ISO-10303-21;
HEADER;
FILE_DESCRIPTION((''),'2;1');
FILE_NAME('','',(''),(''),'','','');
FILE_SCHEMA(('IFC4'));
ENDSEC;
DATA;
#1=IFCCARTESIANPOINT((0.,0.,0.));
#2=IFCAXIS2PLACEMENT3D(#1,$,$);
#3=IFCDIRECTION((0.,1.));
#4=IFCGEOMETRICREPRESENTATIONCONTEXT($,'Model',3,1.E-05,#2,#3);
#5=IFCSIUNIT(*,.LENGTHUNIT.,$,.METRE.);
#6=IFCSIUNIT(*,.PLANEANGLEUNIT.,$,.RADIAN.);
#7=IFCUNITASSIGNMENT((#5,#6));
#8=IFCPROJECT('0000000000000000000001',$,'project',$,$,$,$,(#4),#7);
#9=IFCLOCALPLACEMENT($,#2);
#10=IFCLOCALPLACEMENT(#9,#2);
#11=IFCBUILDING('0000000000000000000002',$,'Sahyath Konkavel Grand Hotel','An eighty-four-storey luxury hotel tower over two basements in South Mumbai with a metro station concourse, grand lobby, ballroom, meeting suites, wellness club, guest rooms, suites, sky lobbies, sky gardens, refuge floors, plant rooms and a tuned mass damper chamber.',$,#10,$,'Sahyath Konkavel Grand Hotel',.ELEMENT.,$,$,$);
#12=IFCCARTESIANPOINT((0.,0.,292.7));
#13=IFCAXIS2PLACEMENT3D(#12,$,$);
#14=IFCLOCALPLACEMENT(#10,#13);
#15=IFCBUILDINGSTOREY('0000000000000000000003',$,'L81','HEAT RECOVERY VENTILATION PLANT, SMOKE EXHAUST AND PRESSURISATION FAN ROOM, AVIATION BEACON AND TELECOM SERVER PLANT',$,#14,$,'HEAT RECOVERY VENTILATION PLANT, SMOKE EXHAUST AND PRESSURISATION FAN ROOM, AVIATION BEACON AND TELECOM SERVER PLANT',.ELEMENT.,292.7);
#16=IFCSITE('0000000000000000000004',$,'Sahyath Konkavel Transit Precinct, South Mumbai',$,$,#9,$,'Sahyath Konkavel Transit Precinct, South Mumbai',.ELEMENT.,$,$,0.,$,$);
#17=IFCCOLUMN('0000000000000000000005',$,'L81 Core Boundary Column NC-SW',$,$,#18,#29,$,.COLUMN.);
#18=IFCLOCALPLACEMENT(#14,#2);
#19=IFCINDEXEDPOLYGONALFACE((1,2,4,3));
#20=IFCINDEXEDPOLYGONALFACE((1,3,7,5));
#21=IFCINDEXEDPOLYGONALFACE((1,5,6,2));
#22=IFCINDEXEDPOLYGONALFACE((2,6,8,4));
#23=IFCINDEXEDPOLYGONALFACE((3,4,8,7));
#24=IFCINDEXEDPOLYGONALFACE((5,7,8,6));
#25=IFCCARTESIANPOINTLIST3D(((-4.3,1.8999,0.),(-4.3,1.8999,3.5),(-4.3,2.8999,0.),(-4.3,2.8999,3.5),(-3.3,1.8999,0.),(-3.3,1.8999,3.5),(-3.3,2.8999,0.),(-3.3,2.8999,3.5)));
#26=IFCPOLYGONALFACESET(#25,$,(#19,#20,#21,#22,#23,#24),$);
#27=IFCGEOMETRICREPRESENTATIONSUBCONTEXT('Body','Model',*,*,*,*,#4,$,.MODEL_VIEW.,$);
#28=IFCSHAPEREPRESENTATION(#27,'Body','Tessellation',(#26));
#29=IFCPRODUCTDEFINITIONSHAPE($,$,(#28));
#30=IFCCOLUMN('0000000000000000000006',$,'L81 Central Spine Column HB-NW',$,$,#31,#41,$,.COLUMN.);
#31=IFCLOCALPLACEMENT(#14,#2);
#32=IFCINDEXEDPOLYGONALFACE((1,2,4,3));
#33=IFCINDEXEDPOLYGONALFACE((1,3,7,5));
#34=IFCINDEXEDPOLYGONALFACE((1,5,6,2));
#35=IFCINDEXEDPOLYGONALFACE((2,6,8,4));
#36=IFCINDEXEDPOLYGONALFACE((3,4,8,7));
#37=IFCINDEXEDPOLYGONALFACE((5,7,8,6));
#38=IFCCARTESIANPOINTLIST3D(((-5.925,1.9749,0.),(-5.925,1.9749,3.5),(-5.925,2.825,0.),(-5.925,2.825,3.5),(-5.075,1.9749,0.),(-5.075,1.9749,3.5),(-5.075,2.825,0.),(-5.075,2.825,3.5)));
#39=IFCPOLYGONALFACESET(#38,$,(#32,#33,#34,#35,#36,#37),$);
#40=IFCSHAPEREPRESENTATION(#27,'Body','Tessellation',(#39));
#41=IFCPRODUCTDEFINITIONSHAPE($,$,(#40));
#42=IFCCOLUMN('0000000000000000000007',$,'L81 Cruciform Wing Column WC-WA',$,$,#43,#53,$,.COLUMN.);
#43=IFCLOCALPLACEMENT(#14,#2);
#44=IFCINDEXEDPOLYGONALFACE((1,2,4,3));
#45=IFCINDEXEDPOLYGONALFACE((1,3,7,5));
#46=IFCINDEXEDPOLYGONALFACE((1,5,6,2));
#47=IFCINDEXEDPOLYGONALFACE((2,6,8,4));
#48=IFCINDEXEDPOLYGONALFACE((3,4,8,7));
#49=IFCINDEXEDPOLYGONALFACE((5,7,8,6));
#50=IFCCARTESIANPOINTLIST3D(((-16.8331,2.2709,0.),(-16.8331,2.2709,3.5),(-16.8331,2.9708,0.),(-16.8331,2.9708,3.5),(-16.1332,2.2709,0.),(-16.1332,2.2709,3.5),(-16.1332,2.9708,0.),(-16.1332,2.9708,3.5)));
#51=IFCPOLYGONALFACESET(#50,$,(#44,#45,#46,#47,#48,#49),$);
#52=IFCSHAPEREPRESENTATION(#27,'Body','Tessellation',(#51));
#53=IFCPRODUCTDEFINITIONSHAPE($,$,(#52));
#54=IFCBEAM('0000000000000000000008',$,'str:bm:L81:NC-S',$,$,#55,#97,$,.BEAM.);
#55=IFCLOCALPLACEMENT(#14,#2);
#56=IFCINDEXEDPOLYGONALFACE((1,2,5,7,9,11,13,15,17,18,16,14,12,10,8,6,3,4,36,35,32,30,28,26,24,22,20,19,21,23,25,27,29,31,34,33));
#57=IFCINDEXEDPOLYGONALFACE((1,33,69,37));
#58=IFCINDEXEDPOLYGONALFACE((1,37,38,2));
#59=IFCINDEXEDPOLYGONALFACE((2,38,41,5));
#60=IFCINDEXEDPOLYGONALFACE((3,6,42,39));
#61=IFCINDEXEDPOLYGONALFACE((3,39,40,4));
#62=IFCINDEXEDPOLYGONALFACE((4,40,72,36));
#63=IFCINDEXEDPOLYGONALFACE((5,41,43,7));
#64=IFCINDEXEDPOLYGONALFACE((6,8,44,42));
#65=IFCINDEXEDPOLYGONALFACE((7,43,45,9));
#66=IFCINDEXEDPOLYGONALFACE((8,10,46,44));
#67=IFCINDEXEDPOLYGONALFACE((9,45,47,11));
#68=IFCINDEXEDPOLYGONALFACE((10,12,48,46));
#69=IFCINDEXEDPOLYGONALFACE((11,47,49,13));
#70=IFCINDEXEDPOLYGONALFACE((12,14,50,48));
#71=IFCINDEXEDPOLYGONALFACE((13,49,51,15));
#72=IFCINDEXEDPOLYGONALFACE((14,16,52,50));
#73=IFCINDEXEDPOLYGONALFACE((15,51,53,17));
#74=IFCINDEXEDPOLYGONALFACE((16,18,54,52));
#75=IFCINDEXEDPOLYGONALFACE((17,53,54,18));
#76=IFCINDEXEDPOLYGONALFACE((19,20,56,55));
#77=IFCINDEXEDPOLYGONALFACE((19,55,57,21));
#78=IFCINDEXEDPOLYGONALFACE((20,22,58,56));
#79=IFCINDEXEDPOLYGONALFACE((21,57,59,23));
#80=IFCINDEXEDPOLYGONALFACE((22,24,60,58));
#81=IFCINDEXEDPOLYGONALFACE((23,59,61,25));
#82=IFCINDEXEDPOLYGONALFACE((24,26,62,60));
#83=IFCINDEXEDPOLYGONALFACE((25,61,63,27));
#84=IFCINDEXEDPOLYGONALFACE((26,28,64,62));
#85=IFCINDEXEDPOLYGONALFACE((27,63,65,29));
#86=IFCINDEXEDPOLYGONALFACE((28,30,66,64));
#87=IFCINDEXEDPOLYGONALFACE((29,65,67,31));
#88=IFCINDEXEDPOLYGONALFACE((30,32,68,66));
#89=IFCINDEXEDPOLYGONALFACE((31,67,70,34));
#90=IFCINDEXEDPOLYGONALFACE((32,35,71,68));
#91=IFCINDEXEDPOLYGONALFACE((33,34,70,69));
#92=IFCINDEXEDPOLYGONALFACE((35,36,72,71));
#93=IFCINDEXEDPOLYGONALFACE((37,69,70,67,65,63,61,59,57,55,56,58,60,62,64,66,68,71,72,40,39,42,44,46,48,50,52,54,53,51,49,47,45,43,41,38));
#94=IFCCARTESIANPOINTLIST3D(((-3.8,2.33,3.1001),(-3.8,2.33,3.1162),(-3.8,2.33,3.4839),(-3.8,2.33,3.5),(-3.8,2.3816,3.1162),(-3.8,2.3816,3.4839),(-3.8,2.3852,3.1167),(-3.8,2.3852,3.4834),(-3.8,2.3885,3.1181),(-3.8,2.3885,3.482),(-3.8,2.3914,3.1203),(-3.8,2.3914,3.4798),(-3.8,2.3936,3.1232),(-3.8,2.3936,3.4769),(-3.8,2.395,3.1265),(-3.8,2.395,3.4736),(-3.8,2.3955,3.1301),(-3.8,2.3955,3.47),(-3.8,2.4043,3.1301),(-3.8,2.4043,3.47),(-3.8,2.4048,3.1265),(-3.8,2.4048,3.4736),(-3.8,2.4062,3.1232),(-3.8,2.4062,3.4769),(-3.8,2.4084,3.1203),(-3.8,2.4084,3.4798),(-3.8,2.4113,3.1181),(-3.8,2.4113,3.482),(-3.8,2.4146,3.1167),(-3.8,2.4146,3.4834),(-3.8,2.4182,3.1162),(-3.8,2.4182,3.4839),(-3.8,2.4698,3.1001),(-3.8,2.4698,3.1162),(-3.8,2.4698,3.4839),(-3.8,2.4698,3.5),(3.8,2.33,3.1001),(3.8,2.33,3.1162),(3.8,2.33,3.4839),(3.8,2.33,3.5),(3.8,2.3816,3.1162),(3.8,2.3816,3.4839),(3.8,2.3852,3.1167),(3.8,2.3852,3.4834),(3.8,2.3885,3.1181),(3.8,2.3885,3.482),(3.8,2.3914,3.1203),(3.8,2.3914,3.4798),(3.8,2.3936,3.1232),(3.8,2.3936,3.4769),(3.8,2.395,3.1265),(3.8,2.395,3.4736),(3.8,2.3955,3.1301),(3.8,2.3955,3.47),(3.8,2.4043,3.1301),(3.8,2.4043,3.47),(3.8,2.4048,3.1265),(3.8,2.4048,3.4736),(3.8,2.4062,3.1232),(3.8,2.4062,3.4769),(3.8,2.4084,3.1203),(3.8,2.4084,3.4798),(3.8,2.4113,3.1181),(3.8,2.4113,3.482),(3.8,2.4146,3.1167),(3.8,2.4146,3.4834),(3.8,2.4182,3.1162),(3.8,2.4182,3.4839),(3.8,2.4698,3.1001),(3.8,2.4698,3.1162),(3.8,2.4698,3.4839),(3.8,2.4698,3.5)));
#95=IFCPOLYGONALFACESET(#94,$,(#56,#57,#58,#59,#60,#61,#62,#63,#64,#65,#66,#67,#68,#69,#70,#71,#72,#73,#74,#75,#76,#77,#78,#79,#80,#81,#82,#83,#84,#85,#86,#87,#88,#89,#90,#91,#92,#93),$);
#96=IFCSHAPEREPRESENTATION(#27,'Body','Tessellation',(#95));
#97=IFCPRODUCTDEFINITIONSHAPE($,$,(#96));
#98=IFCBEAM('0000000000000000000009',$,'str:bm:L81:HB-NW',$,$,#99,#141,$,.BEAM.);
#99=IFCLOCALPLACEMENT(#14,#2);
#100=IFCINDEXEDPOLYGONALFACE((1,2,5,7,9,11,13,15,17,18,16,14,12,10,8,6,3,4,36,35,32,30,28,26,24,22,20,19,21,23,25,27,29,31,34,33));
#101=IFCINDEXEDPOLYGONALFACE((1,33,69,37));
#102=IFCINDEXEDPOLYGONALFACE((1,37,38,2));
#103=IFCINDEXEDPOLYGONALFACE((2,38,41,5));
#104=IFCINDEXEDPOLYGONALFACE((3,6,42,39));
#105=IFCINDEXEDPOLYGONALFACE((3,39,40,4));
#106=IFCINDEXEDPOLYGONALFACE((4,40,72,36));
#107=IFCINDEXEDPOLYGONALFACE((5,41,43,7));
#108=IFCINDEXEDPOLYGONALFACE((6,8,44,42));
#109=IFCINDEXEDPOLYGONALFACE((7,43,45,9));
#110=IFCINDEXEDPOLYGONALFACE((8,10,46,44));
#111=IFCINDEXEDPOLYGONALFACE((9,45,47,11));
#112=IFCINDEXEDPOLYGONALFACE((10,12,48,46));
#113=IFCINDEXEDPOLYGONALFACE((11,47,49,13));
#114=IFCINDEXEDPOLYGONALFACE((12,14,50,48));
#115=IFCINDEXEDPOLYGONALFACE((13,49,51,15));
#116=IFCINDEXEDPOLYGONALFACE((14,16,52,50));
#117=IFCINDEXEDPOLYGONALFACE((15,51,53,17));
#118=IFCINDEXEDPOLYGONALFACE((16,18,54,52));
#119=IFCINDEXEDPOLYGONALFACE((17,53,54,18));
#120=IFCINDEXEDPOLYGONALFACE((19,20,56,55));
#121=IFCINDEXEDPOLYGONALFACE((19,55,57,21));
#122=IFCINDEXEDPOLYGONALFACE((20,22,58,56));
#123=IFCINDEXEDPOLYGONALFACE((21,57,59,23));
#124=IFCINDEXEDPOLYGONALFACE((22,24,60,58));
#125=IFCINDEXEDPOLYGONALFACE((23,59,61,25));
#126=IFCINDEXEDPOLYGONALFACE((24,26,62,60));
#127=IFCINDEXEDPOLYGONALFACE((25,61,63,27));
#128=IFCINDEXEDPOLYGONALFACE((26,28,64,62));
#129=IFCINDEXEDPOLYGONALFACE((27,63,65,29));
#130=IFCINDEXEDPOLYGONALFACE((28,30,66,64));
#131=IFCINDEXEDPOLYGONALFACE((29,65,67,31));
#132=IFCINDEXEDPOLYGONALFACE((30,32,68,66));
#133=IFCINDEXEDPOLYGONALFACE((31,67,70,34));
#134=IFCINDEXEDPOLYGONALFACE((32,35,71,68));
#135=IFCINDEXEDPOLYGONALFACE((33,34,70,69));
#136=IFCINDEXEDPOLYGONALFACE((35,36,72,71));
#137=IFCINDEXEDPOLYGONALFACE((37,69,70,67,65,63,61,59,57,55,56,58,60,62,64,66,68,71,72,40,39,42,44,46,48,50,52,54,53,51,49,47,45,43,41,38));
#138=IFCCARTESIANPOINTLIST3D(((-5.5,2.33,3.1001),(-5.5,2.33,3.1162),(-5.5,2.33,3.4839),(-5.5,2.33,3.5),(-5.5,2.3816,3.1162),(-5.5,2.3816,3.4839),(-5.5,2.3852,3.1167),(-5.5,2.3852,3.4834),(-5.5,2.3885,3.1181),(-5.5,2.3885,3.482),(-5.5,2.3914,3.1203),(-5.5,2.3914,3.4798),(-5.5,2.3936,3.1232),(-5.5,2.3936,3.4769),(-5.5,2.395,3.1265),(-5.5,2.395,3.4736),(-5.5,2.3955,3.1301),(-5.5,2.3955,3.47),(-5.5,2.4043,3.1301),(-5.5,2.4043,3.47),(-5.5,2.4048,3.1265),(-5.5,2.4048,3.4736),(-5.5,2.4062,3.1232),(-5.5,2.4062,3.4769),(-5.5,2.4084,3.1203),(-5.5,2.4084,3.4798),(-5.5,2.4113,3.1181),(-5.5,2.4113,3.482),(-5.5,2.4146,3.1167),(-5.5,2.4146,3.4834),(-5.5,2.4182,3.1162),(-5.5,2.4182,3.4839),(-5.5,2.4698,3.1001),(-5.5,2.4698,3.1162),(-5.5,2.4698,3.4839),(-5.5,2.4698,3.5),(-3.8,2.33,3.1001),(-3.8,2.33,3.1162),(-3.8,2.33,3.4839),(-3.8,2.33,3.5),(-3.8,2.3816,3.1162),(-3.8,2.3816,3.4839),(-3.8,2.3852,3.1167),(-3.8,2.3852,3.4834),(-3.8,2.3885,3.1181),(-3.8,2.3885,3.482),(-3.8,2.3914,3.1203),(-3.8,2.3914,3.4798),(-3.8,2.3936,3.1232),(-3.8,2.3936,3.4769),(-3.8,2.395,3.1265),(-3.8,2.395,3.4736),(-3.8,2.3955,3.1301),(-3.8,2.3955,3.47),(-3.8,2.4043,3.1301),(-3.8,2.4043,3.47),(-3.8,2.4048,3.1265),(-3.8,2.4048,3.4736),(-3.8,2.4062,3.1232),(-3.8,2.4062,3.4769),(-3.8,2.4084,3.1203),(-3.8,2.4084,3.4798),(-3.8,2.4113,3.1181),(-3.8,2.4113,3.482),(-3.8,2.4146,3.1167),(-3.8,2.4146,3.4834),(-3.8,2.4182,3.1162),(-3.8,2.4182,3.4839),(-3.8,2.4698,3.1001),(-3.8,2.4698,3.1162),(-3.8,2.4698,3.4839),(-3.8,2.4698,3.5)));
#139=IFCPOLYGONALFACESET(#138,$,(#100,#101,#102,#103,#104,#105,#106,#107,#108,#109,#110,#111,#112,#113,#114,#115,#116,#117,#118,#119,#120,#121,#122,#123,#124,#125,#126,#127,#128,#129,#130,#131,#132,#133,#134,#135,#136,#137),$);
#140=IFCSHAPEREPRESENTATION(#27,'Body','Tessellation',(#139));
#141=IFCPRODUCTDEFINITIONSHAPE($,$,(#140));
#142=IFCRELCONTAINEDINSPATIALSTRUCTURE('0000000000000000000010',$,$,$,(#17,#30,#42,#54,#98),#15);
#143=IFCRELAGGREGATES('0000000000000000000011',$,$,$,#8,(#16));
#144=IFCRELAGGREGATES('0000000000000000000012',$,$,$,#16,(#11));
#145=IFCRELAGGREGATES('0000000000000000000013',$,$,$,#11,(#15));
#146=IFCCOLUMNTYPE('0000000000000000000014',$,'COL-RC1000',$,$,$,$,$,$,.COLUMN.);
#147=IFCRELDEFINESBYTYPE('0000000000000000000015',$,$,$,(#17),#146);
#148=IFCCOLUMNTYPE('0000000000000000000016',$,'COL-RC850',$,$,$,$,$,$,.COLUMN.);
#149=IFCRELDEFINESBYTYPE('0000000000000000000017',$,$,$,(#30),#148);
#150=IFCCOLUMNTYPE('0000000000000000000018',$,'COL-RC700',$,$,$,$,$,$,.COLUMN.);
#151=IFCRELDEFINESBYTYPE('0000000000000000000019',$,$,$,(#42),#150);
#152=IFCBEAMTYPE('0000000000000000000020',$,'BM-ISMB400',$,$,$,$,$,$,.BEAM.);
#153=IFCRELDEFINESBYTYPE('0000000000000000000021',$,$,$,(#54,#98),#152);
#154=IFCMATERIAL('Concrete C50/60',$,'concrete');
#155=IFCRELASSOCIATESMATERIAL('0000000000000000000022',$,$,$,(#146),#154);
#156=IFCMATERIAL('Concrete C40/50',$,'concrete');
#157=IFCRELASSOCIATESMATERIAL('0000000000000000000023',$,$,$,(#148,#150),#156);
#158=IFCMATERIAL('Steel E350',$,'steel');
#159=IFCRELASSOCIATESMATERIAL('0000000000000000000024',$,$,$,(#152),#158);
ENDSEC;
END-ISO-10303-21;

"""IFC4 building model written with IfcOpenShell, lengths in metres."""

from ifc_helpers import new_model, si_unit, direction, frame, origin, origin_2d, place, context, subcontext, project, spatial, rectangle, i_section, extrude, source, transform, mapped, material, material_profile, profile_set, type_object, element, save


model = new_model("IFC4")

# Units and contexts
model_context = context("Model", 3, precision=1e-05, world=origin(), true_north=direction((0.0, 1.0)))
body_context = subcontext(model_context, "Body", "Model", "MODEL_VIEW")
ifc_project = project(units=[si_unit("LENGTHUNIT", "METRE"), si_unit("PLANEANGLEUNIT", "RADIAN")], contexts=[model_context])

# Site, building, storey
site_placement = place(None, origin())
site = spatial("IfcSite", under=ifc_project, at=site_placement, Name="Sahyath Konkavel Transit Precinct, South Mumbai", LongName="Sahyath Konkavel Transit Precinct, South Mumbai", CompositionType="ELEMENT", RefElevation=0.0)
building_placement = place(site_placement, origin())
building = spatial("IfcBuilding", under=site, at=building_placement, Name="Sahyath Konkavel Grand Hotel", Description="An eighty-four-storey luxury hotel tower over two basements in South Mumbai with a metro station concourse, grand lobby, ballroom, meeting suites, wellness club, guest rooms, suites, sky lobbies, sky gardens, refuge floors, plant rooms and a tuned mass damper chamber.", LongName="Sahyath Konkavel Grand Hotel", CompositionType="ELEMENT")
storey_placement = place(building_placement, frame((0.0, 0.0, 292.7)))
storey = spatial("IfcBuildingStorey", under=building, at=storey_placement, Name="L81", Description="HEAT RECOVERY VENTILATION PLANT, SMOKE EXHAUST AND PRESSURISATION FAN ROOM, AVIATION BEACON AND TELECOM SERVER PLANT", LongName="HEAT RECOVERY VENTILATION PLANT, SMOKE EXHAUST AND PRESSURISATION FAN ROOM, AVIATION BEACON AND TELECOM SERVER PLANT", CompositionType="ELEMENT", Elevation=292.7)

# Columns
ifc_material_1 = material(Name="Concrete C50/60", Category="concrete")
ifc_material_profile_1 = material_profile(ifc_material_1, rectangle(XDim=1.0, YDim=1.0, at=origin_2d()), Name="RC 1000x1000")
ifc_profile_set_1 = profile_set([ifc_material_profile_1], Name="Concrete C50/60")
column_type_1 = type_object("IfcColumnType", Name="COL-RC1000", PredefinedType="COLUMN", material=ifc_profile_set_1)
shared_shape_1 = source(origin(), body_context, "Body", "SweptSolid", [
    extrude(rectangle(XDim=1.0, YDim=1.0, at=origin_2d()), origin(), (0.0, 0.0, 1.0), 3.5),
])
column_1_placement = place(storey_placement, frame((-3.8, 2.3999, 0.0), z_axis=(0.0, 0.0, 1.0), x_axis=(1.0, 0.0, 0.0)))
element("IfcColumn", 1, at=column_1_placement, inside=storey, type_object=column_type_1, Name="L81 Core Boundary Column NC-SW", PredefinedType="COLUMN", context=body_context, shape_type="MappedRepresentation", body=[
    mapped(shared_shape_1, transform((0.0, 0.0, 0.0), scale=1.0)),
])
ifc_material_2 = material(Name="Concrete C40/50", Category="concrete")
ifc_material_profile_2 = material_profile(ifc_material_2, rectangle(XDim=0.8501, YDim=0.8501, at=origin_2d()), Name="RC 850x850")
ifc_profile_set_2 = profile_set([ifc_material_profile_2], Name="Concrete C40/50")
column_type_2 = type_object("IfcColumnType", Name="COL-RC850", PredefinedType="COLUMN", material=ifc_profile_set_2)
shared_shape_2 = source(origin(), body_context, "Body", "SweptSolid", [
    extrude(rectangle(XDim=0.8501, YDim=0.8501, at=origin_2d()), origin(), (0.0, 0.0, 1.0), 3.5),
])
column_2_placement = place(storey_placement, frame((-5.5, 2.3999, 0.0), z_axis=(0.0, 0.0, 1.0), x_axis=(1.0, 0.0, 0.0)))
element("IfcColumn", 2, at=column_2_placement, inside=storey, type_object=column_type_2, Name="L81 Central Spine Column HB-NW", PredefinedType="COLUMN", context=body_context, shape_type="MappedRepresentation", body=[
    mapped(shared_shape_2, transform((0.0, 0.0, 0.0), scale=1.0)),
])
ifc_material_profile_3 = material_profile(ifc_material_2, rectangle(XDim=0.7, YDim=0.7, at=origin_2d()), Name="RC 700x700")
ifc_profile_set_3 = profile_set([ifc_material_profile_3], Name="Concrete C40/50")
column_type_3 = type_object("IfcColumnType", Name="COL-RC700", PredefinedType="COLUMN", material=ifc_profile_set_3)
shared_shape_3 = source(origin(), body_context, "Body", "SweptSolid", [
    extrude(rectangle(XDim=0.7, YDim=0.7, at=origin_2d()), origin(), (0.0, 0.0, 1.0), 3.5),
])
column_3_placement = place(storey_placement, frame((-16.4832, 2.6208, 0.0), z_axis=(0.0, 0.0, 1.0), x_axis=(1.0, 0.0, 0.0)))
element("IfcColumn", 3, at=column_3_placement, inside=storey, type_object=column_type_3, Name="L81 Cruciform Wing Column WC-WA", PredefinedType="COLUMN", context=body_context, shape_type="MappedRepresentation", body=[
    mapped(shared_shape_3, transform((0.0, 0.0, 0.0), scale=1.0)),
])

# Beams
ifc_material_3 = material(Name="Steel E350", Category="steel")
ifc_material_profile_4 = material_profile(ifc_material_3, i_section(OverallWidth=0.1399, OverallDepth=0.3999, WebThickness=0.0088, FlangeThickness=0.0161, FilletRadius=0.0139, at=origin_2d()), Name="ISMB 400")
ifc_profile_set_4 = profile_set([ifc_material_profile_4], Name="Steel E350")
beam_type_1 = type_object("IfcBeamType", Name="BM-ISMB400", PredefinedType="BEAM", material=ifc_profile_set_4)
shared_shape_4 = source(origin(), body_context, "Body", "SweptSolid", [
    extrude(i_section(OverallWidth=0.1399, OverallDepth=0.3999, WebThickness=0.0088, FlangeThickness=0.0161, FilletRadius=0.0139, at=origin_2d()), origin(), (0.0, 0.0, 1.0), 7.6001),
])
beam_1_placement = place(storey_placement, frame((-3.8, 2.3999, 3.3), z_axis=(1.0, 0.0, 0.0), x_axis=(0.0, 1.0, 0.0)))
element("IfcBeam", 4, at=beam_1_placement, inside=storey, type_object=beam_type_1, Name="str:bm:L81:NC-S", PredefinedType="BEAM", context=body_context, shape_type="MappedRepresentation", body=[
    mapped(shared_shape_4, transform((0.0, 0.0, 0.0), scale=1.0)),
])
shared_shape_5 = source(origin(), body_context, "Body", "SweptSolid", [
    extrude(i_section(OverallWidth=0.1399, OverallDepth=0.3999, WebThickness=0.0088, FlangeThickness=0.0161, FilletRadius=0.0139, at=origin_2d()), origin(), (0.0, 0.0, 1.0), 1.7),
])
beam_2_placement = place(storey_placement, frame((-5.5, 2.3999, 3.3), z_axis=(1.0, 0.0, 0.0), x_axis=(0.0, 1.0, 0.0)))
element("IfcBeam", 5, at=beam_2_placement, inside=storey, type_object=beam_type_1, Name="str:bm:L81:HB-NW", PredefinedType="BEAM", context=body_context, shape_type="MappedRepresentation", body=[
    mapped(shared_shape_5, transform((0.0, 0.0, 0.0), scale=1.0)),
])

save(model, "model.ifc")
